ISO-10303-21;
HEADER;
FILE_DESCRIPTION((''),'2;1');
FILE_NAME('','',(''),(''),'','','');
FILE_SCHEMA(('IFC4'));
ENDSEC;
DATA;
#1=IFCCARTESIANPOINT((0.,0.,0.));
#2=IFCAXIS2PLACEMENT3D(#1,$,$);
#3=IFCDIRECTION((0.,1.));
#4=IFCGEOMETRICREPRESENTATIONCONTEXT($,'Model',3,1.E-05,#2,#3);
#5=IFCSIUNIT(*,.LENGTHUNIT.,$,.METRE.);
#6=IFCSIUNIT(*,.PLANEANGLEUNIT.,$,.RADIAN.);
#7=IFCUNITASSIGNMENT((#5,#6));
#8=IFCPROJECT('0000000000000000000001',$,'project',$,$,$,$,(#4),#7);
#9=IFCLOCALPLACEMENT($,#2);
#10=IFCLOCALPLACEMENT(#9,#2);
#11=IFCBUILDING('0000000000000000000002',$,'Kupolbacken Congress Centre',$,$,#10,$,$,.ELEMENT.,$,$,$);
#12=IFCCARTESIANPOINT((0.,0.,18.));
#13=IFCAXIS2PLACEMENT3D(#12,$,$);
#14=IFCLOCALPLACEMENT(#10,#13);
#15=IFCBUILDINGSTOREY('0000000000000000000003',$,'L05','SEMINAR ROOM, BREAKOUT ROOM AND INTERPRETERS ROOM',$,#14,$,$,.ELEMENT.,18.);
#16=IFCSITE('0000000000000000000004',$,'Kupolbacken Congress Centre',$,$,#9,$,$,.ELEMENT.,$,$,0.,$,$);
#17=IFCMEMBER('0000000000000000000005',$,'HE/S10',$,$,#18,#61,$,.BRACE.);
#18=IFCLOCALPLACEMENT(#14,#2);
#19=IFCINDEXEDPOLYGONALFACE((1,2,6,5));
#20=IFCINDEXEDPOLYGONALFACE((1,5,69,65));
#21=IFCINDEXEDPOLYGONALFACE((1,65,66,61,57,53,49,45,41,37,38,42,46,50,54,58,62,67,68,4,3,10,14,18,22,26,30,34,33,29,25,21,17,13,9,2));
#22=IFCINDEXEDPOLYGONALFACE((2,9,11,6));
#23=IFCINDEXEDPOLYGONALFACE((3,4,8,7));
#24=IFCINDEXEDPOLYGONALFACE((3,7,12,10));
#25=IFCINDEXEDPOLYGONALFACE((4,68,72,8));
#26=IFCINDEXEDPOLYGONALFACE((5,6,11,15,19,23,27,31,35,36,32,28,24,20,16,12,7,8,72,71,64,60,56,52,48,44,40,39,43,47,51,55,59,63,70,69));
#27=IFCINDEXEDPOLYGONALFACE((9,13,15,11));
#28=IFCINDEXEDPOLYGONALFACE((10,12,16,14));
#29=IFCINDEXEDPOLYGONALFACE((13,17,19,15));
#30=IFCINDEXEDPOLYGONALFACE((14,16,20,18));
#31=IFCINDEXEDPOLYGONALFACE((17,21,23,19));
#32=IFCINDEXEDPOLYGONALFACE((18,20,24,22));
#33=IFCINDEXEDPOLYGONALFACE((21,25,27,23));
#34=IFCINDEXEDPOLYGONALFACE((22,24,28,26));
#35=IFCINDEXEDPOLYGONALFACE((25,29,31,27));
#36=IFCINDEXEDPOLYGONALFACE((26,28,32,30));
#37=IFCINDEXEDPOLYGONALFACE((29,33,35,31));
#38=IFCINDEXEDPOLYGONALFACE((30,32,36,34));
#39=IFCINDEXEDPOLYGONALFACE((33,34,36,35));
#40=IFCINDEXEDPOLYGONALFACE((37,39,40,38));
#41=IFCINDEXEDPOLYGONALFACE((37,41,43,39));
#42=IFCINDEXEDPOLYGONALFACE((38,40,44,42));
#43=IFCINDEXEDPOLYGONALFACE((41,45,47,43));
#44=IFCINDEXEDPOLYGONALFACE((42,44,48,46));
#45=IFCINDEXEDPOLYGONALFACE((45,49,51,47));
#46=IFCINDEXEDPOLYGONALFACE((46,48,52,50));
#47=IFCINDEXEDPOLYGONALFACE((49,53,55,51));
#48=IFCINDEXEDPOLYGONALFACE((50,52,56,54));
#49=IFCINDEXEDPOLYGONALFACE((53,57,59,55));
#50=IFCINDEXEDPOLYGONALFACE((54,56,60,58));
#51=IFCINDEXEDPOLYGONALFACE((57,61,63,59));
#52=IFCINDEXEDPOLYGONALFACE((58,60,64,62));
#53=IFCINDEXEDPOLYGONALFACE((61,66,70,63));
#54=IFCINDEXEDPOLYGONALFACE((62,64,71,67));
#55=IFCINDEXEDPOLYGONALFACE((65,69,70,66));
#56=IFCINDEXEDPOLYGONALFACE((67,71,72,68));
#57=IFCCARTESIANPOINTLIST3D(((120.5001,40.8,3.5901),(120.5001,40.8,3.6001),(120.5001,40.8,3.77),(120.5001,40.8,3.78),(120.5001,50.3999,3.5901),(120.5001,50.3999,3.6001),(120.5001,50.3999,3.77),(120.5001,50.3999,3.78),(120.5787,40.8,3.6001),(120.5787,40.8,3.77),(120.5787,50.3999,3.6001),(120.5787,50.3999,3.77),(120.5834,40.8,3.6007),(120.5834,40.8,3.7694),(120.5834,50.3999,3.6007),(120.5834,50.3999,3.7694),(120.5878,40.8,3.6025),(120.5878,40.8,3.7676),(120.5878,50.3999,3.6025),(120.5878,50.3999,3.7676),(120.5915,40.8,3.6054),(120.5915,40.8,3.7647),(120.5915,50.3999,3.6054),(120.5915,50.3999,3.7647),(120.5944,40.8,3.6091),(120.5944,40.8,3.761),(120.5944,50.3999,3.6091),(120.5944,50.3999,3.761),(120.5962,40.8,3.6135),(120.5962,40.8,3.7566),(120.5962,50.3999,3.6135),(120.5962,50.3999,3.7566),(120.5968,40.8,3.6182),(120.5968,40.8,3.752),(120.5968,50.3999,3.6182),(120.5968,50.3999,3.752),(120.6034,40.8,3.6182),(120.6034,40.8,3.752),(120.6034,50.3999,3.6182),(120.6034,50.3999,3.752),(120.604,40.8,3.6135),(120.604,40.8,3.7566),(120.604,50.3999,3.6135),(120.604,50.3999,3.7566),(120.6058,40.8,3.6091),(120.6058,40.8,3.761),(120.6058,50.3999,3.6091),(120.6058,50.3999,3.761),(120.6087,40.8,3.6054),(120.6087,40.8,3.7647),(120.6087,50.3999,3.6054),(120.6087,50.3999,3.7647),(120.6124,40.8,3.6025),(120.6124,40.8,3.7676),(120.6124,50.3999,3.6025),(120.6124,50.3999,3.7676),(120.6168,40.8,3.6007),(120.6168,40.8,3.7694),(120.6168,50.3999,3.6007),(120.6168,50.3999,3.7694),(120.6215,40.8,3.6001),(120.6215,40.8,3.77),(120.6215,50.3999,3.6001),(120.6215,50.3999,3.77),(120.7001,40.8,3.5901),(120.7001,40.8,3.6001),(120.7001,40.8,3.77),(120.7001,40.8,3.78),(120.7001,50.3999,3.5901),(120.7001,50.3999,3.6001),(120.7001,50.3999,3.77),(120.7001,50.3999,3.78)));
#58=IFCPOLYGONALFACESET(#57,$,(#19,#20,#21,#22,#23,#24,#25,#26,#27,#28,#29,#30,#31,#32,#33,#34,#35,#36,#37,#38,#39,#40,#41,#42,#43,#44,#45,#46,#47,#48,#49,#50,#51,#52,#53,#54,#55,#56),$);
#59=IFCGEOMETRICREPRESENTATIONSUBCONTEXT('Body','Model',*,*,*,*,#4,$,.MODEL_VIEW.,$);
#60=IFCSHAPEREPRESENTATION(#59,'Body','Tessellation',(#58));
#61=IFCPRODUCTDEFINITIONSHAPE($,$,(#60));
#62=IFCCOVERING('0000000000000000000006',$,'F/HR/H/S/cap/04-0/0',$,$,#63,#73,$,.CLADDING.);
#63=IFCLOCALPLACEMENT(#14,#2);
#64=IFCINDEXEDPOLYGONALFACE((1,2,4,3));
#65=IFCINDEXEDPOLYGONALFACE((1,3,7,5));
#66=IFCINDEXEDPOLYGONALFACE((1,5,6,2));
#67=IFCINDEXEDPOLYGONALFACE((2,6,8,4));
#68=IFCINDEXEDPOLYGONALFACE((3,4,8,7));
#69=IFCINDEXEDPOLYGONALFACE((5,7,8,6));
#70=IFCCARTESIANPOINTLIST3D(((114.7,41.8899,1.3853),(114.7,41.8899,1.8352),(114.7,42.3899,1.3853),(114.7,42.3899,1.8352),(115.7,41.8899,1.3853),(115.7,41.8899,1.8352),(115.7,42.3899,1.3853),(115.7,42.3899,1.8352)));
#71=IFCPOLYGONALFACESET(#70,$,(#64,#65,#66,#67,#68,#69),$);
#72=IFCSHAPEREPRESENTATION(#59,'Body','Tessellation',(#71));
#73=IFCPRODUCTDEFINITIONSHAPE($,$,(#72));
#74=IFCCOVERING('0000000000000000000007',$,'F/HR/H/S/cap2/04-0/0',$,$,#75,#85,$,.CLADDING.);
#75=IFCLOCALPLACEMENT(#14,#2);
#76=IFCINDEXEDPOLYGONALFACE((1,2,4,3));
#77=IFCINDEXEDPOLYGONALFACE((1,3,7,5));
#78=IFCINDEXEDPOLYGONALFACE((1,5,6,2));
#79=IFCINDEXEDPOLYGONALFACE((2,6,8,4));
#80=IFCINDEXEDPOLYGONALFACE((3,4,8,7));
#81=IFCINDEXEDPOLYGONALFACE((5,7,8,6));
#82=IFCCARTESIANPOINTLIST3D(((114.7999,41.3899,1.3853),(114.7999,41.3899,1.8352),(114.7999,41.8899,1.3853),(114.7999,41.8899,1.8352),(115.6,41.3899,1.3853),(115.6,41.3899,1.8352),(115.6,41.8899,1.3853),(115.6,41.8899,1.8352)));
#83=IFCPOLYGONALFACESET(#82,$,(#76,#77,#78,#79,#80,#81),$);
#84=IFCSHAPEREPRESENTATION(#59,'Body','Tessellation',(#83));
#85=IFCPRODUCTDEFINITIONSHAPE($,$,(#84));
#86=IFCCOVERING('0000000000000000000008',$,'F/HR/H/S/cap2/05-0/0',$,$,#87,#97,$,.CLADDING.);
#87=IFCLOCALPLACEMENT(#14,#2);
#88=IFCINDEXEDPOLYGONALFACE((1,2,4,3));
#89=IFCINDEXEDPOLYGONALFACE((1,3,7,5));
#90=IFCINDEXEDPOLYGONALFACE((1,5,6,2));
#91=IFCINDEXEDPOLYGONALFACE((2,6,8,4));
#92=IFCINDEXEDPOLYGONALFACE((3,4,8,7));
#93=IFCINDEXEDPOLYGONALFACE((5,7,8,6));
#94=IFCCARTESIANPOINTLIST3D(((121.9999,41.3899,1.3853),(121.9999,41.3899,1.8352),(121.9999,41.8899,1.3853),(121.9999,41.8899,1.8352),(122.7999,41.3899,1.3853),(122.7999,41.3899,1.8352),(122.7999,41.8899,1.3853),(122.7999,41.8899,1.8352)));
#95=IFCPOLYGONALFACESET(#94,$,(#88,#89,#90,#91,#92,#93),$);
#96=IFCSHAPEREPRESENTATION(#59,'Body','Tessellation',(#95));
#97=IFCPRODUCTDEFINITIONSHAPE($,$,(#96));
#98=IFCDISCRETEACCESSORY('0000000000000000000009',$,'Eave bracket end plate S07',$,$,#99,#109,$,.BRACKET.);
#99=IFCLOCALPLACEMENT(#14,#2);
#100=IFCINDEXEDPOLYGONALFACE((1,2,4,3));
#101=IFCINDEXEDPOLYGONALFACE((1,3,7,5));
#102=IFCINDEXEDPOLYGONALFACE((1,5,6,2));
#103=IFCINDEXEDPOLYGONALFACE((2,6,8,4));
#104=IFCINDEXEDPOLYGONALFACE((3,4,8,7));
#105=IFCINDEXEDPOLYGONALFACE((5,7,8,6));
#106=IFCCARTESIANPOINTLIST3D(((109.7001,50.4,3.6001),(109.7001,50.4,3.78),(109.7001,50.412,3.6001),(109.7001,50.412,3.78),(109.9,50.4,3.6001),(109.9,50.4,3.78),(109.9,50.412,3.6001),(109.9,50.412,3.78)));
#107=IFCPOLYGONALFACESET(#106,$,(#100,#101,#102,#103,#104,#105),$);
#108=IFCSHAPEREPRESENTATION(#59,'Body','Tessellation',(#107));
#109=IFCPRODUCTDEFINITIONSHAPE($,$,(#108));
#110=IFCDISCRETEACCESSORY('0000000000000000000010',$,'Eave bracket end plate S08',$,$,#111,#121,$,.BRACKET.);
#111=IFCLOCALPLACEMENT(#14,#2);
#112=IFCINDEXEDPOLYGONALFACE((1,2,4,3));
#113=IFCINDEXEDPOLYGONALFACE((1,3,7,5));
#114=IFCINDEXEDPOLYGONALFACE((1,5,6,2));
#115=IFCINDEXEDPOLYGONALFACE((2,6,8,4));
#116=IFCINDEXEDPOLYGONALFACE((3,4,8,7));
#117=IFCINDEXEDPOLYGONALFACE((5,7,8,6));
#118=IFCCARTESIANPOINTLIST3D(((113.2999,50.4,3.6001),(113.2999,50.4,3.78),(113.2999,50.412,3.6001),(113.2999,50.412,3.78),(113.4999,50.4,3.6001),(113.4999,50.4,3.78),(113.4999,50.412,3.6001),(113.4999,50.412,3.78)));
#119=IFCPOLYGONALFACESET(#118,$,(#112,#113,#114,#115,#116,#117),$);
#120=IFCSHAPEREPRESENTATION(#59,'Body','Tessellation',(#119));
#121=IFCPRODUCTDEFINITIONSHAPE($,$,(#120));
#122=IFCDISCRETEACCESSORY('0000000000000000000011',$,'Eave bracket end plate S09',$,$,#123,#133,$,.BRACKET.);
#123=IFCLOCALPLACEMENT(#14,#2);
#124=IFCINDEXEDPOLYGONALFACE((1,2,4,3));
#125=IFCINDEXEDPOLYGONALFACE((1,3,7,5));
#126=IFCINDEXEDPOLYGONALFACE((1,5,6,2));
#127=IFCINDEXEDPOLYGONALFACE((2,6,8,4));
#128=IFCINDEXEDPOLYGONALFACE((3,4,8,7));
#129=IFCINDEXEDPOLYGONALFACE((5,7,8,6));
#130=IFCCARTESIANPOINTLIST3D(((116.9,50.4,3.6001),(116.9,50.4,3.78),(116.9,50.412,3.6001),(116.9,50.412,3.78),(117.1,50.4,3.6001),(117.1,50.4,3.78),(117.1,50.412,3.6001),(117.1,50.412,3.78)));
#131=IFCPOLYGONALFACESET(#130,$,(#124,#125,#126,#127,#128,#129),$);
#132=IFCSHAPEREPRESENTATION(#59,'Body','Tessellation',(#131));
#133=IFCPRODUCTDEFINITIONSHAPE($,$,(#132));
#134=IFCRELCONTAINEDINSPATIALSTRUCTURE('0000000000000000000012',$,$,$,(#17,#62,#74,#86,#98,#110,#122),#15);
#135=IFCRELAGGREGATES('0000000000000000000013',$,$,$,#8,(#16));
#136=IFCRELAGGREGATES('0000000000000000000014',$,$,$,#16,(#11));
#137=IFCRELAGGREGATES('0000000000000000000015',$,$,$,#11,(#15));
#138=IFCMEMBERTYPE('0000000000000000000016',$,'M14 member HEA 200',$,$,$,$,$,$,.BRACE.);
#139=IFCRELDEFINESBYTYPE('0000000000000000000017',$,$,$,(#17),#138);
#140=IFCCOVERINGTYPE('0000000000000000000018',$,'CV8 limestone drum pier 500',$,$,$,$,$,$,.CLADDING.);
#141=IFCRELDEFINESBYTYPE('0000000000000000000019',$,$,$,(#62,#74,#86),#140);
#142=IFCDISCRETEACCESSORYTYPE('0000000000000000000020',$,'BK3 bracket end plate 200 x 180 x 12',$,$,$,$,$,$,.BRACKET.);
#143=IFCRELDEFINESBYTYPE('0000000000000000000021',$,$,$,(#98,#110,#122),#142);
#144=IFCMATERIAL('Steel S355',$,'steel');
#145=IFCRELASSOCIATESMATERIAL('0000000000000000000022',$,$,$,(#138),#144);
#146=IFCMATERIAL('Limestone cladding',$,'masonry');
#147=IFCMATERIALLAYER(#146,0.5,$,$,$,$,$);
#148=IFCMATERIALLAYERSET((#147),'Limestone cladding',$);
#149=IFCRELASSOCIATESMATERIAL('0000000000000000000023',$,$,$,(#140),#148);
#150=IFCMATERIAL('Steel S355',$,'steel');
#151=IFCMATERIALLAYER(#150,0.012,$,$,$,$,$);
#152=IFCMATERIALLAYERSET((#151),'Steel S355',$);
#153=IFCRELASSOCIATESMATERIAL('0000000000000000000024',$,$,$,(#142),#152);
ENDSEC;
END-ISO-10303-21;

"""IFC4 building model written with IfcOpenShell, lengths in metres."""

from ifc_helpers import new_model, si_unit, direction, frame, origin, origin_2d, place, context, subcontext, project, spatial, rectangle, i_section, extrude, material, layer, layer_set, material_profile, profile_set, type_object, element, save


model = new_model("IFC4")

# Units and contexts
model_context = context("Model", 3, precision=1e-05, world=origin(), true_north=direction((0.0, 1.0)))
body_context = subcontext(model_context, "Body", "Model", "MODEL_VIEW")
ifc_project = project(units=[si_unit("LENGTHUNIT", "METRE"), si_unit("PLANEANGLEUNIT", "RADIAN")], contexts=[model_context])

# Site, building, storey
site_placement = place(None, origin())
site = spatial("IfcSite", under=ifc_project, at=site_placement, Name="Kupolbacken Congress Centre", CompositionType="ELEMENT", RefElevation=0.0)
building_placement = place(site_placement, origin())
building = spatial("IfcBuilding", under=site, at=building_placement, Name="Kupolbacken Congress Centre", CompositionType="ELEMENT")
storey_placement = place(building_placement, frame((0.0, 0.0, 18.0)))
storey = spatial("IfcBuildingStorey", under=building, at=storey_placement, Name="L05", Description="SEMINAR ROOM, BREAKOUT ROOM AND INTERPRETERS ROOM", CompositionType="ELEMENT", Elevation=18.0)

# Member
ifc_material_1 = material(Name="Steel S355", Category="steel")
ifc_material_profile_1 = material_profile(ifc_material_1, i_section(OverallWidth=0.2, OverallDepth=0.1899, WebThickness=0.0066, FlangeThickness=0.01, FilletRadius=0.0181, at=origin_2d()), Name="HEA 200")
ifc_profile_set_1 = profile_set([ifc_material_profile_1], Name="Steel S355")
member_type_1 = type_object("IfcMemberType", Name="M14 member HEA 200", PredefinedType="BRACE", material=ifc_profile_set_1)
for number, where, z_axis, x_axis, name in (
    (1, (120.6001, 50.3999, 3.6851), (0.0, -1.0, 0.0), (1.0, 0.0, 0.0), "HE/S10"),
):
    element("IfcMember", number, at=place(storey_placement, frame(where, z_axis=z_axis, x_axis=x_axis)), inside=storey, type_object=member_type_1, Name=name, PredefinedType="BRACE", context=body_context, shape_type="SweptSolid", body=[
        extrude(i_section(OverallWidth=0.2, OverallDepth=0.1899, WebThickness=0.0066, FlangeThickness=0.01, FilletRadius=0.0181, at=origin_2d()), origin(), (0.0, 0.0, 1.0), 9.5999),
    ])

# Coverings
ifc_material_2 = material(Name="Limestone cladding", Category="masonry")
ifc_layer_1 = layer(ifc_material_2, 0.5)
ifc_layer_set_1 = layer_set([ifc_layer_1], Name="Limestone cladding")
covering_type = type_object("IfcCoveringType", Name="CV8 limestone drum pier 500", PredefinedType="CLADDING", material=ifc_layer_set_1)
covering_placement = place(storey_placement, frame((115.2, 42.1399, 1.3853), z_axis=(0.0, 0.0, 1.0), x_axis=(1.0, 0.0, 0.0)))
element("IfcCovering", 2, at=covering_placement, inside=storey, type_object=covering_type, Name="F/HR/H/S/cap/04-0/0", PredefinedType="CLADDING", context=body_context, shape_type="SweptSolid", body=[
    extrude(rectangle(XDim=1.0, YDim=0.5, at=origin_2d()), origin(), (0.0, 0.0, 1.0), 0.45),
])
for number, where, z_axis, x_axis, name in (
    (3, (115.2, 41.6399, 1.3853), (0.0, 0.0, 1.0), (1.0, 0.0, 0.0), "F/HR/H/S/cap2/04-0/0"),
    (4, (122.3999, 41.6399, 1.3853), (0.0, 0.0, 1.0), (1.0, 0.0, 0.0), "F/HR/H/S/cap2/05-0/0"),
):
    element("IfcCovering", number, at=place(storey_placement, frame(where, z_axis=z_axis, x_axis=x_axis)), inside=storey, type_object=covering_type, Name=name, PredefinedType="CLADDING", context=body_context, shape_type="SweptSolid", body=[
        extrude(rectangle(XDim=0.8, YDim=0.5, at=origin_2d()), origin(), (0.0, 0.0, 1.0), 0.45),
    ])

# Discrete accessories
ifc_material_3 = material(Name="Steel S355", Category="steel")
ifc_layer_2 = layer(ifc_material_3, 0.012)
ifc_layer_set_2 = layer_set([ifc_layer_2], Name="Steel S355")
discrete_accessory_type = type_object("IfcDiscreteAccessoryType", Name="BK3 bracket end plate 200 x 180 x 12", PredefinedType="BRACKET", material=ifc_layer_set_2)
for number, where, z_axis, x_axis, name in (
    (5, (109.8, 50.406, 3.6001), (0.0, 0.0, 1.0), (1.0, 0.0, 0.0), "Eave bracket end plate S07"),
    (6, (113.3999, 50.406, 3.6001), (0.0, 0.0, 1.0), (1.0, 0.0, 0.0), "Eave bracket end plate S08"),
    (7, (117.0, 50.406, 3.6001), (0.0, 0.0, 1.0), (1.0, 0.0, 0.0), "Eave bracket end plate S09"),
):
    element("IfcDiscreteAccessory", number, at=place(storey_placement, frame(where, z_axis=z_axis, x_axis=x_axis)), inside=storey, type_object=discrete_accessory_type, Name=name, PredefinedType="BRACKET", context=body_context, shape_type="SweptSolid", body=[
        extrude(rectangle(XDim=0.2, YDim=0.012, at=origin_2d()), origin(), (0.0, 0.0, 1.0), 0.1799),
    ])

save(model, "model.ifc")
